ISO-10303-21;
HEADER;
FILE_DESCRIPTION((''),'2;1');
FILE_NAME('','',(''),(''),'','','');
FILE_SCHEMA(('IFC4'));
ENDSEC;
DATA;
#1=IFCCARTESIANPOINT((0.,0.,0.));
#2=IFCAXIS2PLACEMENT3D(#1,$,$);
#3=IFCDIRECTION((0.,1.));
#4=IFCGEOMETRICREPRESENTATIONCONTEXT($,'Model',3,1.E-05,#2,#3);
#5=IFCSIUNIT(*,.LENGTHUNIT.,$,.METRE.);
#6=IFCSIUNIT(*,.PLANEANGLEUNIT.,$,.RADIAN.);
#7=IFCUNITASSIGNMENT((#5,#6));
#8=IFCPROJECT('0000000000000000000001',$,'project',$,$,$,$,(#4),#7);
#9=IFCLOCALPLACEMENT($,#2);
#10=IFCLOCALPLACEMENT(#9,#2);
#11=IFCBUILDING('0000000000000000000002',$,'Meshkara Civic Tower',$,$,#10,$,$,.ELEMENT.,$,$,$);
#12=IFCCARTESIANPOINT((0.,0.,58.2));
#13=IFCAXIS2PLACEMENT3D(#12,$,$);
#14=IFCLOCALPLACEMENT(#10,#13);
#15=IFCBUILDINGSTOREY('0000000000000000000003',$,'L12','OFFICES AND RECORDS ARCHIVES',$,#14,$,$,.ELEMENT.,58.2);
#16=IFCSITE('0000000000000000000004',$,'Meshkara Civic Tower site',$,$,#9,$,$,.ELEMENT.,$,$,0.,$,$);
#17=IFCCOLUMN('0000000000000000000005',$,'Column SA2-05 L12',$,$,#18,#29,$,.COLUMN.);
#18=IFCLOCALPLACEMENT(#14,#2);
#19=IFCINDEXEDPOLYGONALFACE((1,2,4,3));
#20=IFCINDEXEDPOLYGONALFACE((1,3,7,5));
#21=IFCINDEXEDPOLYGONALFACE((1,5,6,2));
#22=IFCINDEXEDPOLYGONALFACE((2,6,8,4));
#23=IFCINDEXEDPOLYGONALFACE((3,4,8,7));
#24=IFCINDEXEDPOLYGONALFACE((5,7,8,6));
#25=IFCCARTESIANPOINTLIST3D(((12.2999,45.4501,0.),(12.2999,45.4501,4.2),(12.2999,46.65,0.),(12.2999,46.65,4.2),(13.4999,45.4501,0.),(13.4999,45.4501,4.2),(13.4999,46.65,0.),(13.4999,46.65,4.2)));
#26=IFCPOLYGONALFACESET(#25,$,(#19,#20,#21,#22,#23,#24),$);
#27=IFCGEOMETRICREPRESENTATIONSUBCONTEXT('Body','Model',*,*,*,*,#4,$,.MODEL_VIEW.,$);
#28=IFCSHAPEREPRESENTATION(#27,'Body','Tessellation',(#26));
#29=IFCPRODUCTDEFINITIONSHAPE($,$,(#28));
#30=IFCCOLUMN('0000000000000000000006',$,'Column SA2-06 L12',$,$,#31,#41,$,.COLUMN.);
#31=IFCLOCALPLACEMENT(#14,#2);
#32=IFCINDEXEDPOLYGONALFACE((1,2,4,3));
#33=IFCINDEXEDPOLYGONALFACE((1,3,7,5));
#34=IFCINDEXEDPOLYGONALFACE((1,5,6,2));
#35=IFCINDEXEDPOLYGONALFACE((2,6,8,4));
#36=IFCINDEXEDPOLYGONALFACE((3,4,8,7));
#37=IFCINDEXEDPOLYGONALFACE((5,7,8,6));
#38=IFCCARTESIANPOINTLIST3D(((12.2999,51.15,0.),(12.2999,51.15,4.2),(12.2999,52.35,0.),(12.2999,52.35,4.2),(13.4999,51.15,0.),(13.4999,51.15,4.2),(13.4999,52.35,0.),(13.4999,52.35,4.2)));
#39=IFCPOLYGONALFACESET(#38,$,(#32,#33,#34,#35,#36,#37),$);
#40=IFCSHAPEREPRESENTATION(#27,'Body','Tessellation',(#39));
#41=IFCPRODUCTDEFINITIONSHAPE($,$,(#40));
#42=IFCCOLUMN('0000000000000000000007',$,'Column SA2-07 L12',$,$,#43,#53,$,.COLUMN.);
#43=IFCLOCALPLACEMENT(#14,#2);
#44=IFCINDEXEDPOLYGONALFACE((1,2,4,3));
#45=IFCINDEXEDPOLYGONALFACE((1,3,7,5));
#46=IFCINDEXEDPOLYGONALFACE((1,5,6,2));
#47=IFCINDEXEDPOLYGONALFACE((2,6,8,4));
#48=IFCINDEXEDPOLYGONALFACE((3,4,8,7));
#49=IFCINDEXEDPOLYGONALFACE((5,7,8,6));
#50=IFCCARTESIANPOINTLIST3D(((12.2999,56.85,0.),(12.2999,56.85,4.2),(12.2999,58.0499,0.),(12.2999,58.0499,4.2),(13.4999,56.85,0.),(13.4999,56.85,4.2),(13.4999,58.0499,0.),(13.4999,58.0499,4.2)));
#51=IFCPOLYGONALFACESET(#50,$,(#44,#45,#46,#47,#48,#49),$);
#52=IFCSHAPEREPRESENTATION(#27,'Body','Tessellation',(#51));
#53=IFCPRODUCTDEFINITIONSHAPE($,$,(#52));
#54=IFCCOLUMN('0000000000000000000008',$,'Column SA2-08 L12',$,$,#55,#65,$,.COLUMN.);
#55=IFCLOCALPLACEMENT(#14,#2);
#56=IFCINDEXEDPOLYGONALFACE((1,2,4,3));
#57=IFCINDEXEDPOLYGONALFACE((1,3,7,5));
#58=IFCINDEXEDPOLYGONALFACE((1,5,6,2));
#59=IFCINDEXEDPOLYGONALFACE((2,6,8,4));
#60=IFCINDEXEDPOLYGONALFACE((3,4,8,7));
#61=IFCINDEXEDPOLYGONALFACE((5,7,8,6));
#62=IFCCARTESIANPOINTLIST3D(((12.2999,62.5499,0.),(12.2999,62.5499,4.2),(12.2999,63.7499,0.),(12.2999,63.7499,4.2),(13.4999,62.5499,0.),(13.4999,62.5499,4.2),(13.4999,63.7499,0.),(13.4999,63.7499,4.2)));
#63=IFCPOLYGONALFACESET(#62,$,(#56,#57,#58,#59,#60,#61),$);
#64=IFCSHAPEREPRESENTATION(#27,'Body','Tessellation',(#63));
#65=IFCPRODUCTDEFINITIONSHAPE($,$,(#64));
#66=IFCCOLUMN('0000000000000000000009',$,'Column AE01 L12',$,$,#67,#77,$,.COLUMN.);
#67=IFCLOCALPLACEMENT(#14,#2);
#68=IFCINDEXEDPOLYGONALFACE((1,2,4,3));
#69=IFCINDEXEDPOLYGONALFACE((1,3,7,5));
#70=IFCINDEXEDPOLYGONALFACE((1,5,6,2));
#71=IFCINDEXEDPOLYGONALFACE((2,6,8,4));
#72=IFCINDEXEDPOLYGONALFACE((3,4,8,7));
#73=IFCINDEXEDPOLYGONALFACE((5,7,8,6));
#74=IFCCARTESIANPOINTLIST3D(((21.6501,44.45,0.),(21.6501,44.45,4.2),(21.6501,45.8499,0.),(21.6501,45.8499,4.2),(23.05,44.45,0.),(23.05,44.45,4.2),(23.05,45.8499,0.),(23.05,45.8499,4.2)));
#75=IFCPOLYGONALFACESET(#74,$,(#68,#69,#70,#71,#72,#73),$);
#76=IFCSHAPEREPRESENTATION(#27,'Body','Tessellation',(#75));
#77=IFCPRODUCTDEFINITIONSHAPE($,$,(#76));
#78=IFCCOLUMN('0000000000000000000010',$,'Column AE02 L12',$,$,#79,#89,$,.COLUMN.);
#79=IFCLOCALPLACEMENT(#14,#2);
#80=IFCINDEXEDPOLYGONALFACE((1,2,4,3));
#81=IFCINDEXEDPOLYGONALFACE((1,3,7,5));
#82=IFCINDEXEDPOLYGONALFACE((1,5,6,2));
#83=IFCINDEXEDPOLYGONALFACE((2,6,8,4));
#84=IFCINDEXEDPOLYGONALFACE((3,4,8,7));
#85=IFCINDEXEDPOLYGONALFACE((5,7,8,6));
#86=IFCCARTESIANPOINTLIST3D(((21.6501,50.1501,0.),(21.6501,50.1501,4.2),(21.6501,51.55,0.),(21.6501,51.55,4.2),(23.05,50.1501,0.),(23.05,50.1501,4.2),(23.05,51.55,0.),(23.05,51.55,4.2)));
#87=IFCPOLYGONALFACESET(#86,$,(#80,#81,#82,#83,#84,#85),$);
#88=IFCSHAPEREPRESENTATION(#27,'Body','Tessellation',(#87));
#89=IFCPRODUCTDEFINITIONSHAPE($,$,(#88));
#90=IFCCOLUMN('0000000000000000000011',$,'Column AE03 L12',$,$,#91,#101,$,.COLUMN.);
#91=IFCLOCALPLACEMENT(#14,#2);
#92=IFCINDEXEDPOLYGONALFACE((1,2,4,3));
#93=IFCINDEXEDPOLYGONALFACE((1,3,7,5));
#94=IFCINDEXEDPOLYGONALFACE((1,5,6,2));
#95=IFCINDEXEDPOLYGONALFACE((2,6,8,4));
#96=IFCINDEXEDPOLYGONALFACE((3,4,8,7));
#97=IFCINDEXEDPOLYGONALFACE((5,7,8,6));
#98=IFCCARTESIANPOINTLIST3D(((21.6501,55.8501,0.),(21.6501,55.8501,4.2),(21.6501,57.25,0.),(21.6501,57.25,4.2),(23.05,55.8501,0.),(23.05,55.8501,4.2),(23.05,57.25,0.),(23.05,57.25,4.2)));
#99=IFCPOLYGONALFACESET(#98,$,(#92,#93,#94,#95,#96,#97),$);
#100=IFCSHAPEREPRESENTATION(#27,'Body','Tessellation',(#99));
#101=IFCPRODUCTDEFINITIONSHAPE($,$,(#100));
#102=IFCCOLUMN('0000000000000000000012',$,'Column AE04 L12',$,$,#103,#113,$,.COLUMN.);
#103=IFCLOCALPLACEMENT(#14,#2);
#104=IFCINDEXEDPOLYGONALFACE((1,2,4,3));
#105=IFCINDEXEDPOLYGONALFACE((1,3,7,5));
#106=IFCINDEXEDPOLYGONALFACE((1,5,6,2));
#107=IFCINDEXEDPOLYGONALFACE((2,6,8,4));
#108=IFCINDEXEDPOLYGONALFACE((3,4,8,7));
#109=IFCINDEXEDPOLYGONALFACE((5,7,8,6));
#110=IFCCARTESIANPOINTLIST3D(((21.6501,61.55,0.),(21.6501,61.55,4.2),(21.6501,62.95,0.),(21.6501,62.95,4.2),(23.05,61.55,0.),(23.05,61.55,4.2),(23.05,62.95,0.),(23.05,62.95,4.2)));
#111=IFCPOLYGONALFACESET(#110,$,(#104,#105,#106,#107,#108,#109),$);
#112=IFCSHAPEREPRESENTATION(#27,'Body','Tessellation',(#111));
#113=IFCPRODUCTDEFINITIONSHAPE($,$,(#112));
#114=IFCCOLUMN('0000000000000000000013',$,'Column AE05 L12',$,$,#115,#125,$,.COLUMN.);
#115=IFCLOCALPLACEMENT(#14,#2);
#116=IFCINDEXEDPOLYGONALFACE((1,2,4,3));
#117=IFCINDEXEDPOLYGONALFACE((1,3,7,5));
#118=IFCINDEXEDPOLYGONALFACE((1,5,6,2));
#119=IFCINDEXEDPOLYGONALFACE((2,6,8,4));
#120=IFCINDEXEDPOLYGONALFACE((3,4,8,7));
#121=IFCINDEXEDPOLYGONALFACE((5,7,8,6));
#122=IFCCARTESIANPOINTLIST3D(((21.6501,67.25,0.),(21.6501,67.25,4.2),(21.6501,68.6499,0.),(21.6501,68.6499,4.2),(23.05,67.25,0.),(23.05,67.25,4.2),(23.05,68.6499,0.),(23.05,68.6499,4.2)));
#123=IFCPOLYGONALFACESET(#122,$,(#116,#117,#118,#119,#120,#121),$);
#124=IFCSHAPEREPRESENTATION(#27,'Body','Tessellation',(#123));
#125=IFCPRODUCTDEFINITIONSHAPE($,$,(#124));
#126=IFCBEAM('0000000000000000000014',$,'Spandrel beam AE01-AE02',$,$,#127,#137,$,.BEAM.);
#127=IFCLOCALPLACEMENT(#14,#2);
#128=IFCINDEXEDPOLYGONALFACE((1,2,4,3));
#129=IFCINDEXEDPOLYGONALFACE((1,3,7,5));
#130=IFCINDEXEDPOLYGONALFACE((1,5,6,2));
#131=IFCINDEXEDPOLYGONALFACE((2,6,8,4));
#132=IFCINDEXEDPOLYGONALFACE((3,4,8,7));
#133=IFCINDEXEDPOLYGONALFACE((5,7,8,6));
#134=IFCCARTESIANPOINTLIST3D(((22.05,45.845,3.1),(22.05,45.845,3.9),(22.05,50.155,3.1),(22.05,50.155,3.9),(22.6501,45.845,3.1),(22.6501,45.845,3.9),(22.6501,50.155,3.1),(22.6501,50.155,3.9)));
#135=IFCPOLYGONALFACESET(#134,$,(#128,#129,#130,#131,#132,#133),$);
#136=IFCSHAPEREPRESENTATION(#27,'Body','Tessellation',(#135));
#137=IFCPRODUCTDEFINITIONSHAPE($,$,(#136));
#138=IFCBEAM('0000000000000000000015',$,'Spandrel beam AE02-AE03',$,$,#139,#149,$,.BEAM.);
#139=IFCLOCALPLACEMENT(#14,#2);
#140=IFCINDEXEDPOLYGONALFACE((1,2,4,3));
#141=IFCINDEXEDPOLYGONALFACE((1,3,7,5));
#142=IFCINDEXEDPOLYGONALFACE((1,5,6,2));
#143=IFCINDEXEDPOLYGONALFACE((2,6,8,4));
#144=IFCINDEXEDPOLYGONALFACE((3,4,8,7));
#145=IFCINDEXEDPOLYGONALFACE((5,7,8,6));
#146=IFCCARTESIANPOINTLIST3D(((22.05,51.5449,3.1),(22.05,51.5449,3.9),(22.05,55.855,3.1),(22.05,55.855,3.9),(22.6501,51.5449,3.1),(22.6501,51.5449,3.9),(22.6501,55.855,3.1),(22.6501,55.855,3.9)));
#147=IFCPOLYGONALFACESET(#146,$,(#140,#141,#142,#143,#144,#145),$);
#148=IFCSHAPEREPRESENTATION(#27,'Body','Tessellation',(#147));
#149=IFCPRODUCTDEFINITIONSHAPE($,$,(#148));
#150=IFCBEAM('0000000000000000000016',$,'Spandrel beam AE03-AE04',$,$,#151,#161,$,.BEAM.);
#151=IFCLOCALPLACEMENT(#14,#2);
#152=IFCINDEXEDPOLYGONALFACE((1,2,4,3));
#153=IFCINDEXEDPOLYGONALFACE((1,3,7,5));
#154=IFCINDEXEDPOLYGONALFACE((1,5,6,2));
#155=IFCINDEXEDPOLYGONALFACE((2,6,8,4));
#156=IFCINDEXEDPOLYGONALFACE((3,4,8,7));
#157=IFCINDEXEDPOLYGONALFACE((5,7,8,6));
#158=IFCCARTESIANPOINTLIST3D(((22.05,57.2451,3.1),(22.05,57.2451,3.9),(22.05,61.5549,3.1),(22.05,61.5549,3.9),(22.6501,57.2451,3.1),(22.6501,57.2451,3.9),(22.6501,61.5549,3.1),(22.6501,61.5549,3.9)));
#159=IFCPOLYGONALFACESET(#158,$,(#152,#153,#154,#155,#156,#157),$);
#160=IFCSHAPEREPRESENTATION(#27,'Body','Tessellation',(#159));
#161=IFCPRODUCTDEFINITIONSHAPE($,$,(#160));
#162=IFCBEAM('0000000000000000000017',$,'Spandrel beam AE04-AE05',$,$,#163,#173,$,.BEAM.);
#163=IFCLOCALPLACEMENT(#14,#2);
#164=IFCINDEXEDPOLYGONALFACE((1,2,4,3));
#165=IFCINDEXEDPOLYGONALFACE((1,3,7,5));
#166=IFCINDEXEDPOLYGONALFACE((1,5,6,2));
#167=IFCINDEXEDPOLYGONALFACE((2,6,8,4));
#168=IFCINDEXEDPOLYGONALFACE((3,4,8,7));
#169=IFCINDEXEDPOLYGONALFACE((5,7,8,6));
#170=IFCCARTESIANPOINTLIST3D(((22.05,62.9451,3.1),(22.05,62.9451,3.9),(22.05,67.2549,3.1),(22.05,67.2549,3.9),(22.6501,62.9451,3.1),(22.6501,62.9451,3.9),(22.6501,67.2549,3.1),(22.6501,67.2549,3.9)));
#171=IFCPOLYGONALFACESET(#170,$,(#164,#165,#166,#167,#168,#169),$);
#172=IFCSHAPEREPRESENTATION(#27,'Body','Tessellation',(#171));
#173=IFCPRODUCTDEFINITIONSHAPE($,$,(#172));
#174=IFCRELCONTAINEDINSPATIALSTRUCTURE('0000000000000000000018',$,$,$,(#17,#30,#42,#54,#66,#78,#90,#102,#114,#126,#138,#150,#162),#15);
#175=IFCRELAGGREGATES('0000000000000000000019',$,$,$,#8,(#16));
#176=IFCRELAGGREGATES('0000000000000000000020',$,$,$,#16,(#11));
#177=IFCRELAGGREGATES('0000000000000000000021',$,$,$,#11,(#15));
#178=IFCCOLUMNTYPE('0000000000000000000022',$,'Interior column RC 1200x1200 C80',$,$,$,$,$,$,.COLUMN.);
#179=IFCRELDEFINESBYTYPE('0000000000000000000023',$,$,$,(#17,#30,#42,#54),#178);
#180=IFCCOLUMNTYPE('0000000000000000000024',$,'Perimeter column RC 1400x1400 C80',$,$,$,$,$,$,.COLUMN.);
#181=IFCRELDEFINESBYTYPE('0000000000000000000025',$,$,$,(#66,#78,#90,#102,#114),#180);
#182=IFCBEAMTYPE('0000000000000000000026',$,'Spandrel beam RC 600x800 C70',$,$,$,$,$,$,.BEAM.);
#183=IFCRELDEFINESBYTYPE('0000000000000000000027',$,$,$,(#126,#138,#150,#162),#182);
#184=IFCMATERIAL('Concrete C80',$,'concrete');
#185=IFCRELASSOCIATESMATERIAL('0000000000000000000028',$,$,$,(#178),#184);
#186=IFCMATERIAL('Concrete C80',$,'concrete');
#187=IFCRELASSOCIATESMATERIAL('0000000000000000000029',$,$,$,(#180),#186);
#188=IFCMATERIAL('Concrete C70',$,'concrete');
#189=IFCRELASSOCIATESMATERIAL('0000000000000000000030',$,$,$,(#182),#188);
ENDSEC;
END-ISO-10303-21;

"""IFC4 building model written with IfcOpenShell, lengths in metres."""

from ifc_helpers import new_model, si_unit, direction, frame, origin, origin_2d, place, context, subcontext, project, spatial, rectangle, extrude, material, material_profile, profile_set, type_object, element, save


model = new_model("IFC4")

# Units and contexts
model_context = context("Model", 3, precision=1e-05, world=origin(), true_north=direction((0.0, 1.0)))
body_context = subcontext(model_context, "Body", "Model", "MODEL_VIEW")
ifc_project = project(units=[si_unit("LENGTHUNIT", "METRE"), si_unit("PLANEANGLEUNIT", "RADIAN")], contexts=[model_context])

# Site, building, storey
site_placement = place(None, origin())
site = spatial("IfcSite", under=ifc_project, at=site_placement, Name="Meshkara Civic Tower site", CompositionType="ELEMENT", RefElevation=0.0)
building_placement = place(site_placement, origin())
building = spatial("IfcBuilding", under=site, at=building_placement, Name="Meshkara Civic Tower", CompositionType="ELEMENT")
storey_placement = place(building_placement, frame((0.0, 0.0, 58.2)))
storey = spatial("IfcBuildingStorey", under=building, at=storey_placement, Name="L12", Description="OFFICES AND RECORDS ARCHIVES", CompositionType="ELEMENT", Elevation=58.2)

# Columns
ifc_material_1 = material(Name="Concrete C80", Category="concrete")
ifc_material_profile_1 = material_profile(ifc_material_1, rectangle(XDim=1.2, YDim=1.2, at=origin_2d()))
ifc_profile_set_1 = profile_set([ifc_material_profile_1], Name="Concrete C80")
column_type_1 = type_object("IfcColumnType", Name="Interior column RC 1200x1200 C80", PredefinedType="COLUMN", material=ifc_profile_set_1)
for number, where, z_axis, x_axis, name in (
    (1, (12.8999, 46.05, 0.0), (0.0, 0.0, 1.0), (1.0, 0.0, 0.0), "Column SA2-05 L12"),
    (2, (12.8999, 51.75, 0.0), (0.0, 0.0, 1.0), (1.0, 0.0, 0.0), "Column SA2-06 L12"),
    (3, (12.8999, 57.45, 0.0), (0.0, 0.0, 1.0), (1.0, 0.0, 0.0), "Column SA2-07 L12"),
    (4, (12.8999, 63.1499, 0.0), (0.0, 0.0, 1.0), (1.0, 0.0, 0.0), "Column SA2-08 L12"),
):
    element("IfcColumn", number, at=place(storey_placement, frame(where, z_axis=z_axis, x_axis=x_axis)), inside=storey, type_object=column_type_1, Name=name, PredefinedType="COLUMN", context=body_context, shape_type="SweptSolid", body=[
        extrude(rectangle(XDim=1.2, YDim=1.2, at=origin_2d()), origin(), (0.0, 0.0, 1.0), 4.2),
    ])
ifc_material_2 = material(Name="Concrete C80", Category="concrete")
ifc_material_profile_2 = material_profile(ifc_material_2, rectangle(XDim=1.3999, YDim=1.3999, at=origin_2d()))
ifc_profile_set_2 = profile_set([ifc_material_profile_2], Name="Concrete C80")
column_type_2 = type_object("IfcColumnType", Name="Perimeter column RC 1400x1400 C80", PredefinedType="COLUMN", material=ifc_profile_set_2)
for number, where, z_axis, x_axis, name in (
    (5, (22.3501, 45.1499, 0.0), (0.0, 0.0, 1.0), (1.0, 0.0, 0.0), "Column AE01 L12"),
    (6, (22.3501, 50.8501, 0.0), (0.0, 0.0, 1.0), (1.0, 0.0, 0.0), "Column AE02 L12"),
    (7, (22.3501, 56.55, 0.0), (0.0, 0.0, 1.0), (1.0, 0.0, 0.0), "Column AE03 L12"),
    (8, (22.3501, 62.25, 0.0), (0.0, 0.0, 1.0), (1.0, 0.0, 0.0), "Column AE04 L12"),
    (9, (22.3501, 67.95, 0.0), (0.0, 0.0, 1.0), (1.0, 0.0, 0.0), "Column AE05 L12"),
):
    element("IfcColumn", number, at=place(storey_placement, frame(where, z_axis=z_axis, x_axis=x_axis)), inside=storey, type_object=column_type_2, Name=name, PredefinedType="COLUMN", context=body_context, shape_type="SweptSolid", body=[
        extrude(rectangle(XDim=1.3999, YDim=1.3999, at=origin_2d()), origin(), (0.0, 0.0, 1.0), 4.2),
    ])

# Beams
ifc_material_3 = material(Name="Concrete C70", Category="concrete")
ifc_material_profile_3 = material_profile(ifc_material_3, rectangle(XDim=0.6001, YDim=0.8, at=origin_2d()))
ifc_profile_set_3 = profile_set([ifc_material_profile_3], Name="Concrete C70")
beam_type = type_object("IfcBeamType", Name="Spandrel beam RC 600x800 C70", PredefinedType="BEAM", material=ifc_profile_set_3)
for number, where, z_axis, x_axis, name in (
    (10, (22.3501, 45.845, 3.5), (0.0, 1.0, 0.0), (-1.0, 0.0, 0.0), "Spandrel beam AE01-AE02"),
    (11, (22.3501, 51.5449, 3.5), (0.0, 1.0, 0.0), (-1.0, 0.0, 0.0), "Spandrel beam AE02-AE03"),
):
    element("IfcBeam", number, at=place(storey_placement, frame(where, z_axis=z_axis, x_axis=x_axis)), inside=storey, type_object=beam_type, Name=name, PredefinedType="BEAM", context=body_context, shape_type="SweptSolid", body=[
        extrude(rectangle(XDim=0.6001, YDim=0.8, at=origin_2d()), origin(), (0.0, 0.0, 1.0), 4.3101),
    ])
for number, where, z_axis, x_axis, name in (
    (12, (22.3501, 57.2451, 3.5), (0.0, 1.0, 0.0), (-1.0, 0.0, 0.0), "Spandrel beam AE03-AE04"),
    (13, (22.3501, 62.9451, 3.5), (0.0, 1.0, 0.0), (-1.0, 0.0, 0.0), "Spandrel beam AE04-AE05"),
):
    element("IfcBeam", number, at=place(storey_placement, frame(where, z_axis=z_axis, x_axis=x_axis)), inside=storey, type_object=beam_type, Name=name, PredefinedType="BEAM", context=body_context, shape_type="SweptSolid", body=[
        extrude(rectangle(XDim=0.6001, YDim=0.8, at=origin_2d()), origin(), (0.0, 0.0, 1.0), 4.3098),
    ])

save(model, "model.ifc")
